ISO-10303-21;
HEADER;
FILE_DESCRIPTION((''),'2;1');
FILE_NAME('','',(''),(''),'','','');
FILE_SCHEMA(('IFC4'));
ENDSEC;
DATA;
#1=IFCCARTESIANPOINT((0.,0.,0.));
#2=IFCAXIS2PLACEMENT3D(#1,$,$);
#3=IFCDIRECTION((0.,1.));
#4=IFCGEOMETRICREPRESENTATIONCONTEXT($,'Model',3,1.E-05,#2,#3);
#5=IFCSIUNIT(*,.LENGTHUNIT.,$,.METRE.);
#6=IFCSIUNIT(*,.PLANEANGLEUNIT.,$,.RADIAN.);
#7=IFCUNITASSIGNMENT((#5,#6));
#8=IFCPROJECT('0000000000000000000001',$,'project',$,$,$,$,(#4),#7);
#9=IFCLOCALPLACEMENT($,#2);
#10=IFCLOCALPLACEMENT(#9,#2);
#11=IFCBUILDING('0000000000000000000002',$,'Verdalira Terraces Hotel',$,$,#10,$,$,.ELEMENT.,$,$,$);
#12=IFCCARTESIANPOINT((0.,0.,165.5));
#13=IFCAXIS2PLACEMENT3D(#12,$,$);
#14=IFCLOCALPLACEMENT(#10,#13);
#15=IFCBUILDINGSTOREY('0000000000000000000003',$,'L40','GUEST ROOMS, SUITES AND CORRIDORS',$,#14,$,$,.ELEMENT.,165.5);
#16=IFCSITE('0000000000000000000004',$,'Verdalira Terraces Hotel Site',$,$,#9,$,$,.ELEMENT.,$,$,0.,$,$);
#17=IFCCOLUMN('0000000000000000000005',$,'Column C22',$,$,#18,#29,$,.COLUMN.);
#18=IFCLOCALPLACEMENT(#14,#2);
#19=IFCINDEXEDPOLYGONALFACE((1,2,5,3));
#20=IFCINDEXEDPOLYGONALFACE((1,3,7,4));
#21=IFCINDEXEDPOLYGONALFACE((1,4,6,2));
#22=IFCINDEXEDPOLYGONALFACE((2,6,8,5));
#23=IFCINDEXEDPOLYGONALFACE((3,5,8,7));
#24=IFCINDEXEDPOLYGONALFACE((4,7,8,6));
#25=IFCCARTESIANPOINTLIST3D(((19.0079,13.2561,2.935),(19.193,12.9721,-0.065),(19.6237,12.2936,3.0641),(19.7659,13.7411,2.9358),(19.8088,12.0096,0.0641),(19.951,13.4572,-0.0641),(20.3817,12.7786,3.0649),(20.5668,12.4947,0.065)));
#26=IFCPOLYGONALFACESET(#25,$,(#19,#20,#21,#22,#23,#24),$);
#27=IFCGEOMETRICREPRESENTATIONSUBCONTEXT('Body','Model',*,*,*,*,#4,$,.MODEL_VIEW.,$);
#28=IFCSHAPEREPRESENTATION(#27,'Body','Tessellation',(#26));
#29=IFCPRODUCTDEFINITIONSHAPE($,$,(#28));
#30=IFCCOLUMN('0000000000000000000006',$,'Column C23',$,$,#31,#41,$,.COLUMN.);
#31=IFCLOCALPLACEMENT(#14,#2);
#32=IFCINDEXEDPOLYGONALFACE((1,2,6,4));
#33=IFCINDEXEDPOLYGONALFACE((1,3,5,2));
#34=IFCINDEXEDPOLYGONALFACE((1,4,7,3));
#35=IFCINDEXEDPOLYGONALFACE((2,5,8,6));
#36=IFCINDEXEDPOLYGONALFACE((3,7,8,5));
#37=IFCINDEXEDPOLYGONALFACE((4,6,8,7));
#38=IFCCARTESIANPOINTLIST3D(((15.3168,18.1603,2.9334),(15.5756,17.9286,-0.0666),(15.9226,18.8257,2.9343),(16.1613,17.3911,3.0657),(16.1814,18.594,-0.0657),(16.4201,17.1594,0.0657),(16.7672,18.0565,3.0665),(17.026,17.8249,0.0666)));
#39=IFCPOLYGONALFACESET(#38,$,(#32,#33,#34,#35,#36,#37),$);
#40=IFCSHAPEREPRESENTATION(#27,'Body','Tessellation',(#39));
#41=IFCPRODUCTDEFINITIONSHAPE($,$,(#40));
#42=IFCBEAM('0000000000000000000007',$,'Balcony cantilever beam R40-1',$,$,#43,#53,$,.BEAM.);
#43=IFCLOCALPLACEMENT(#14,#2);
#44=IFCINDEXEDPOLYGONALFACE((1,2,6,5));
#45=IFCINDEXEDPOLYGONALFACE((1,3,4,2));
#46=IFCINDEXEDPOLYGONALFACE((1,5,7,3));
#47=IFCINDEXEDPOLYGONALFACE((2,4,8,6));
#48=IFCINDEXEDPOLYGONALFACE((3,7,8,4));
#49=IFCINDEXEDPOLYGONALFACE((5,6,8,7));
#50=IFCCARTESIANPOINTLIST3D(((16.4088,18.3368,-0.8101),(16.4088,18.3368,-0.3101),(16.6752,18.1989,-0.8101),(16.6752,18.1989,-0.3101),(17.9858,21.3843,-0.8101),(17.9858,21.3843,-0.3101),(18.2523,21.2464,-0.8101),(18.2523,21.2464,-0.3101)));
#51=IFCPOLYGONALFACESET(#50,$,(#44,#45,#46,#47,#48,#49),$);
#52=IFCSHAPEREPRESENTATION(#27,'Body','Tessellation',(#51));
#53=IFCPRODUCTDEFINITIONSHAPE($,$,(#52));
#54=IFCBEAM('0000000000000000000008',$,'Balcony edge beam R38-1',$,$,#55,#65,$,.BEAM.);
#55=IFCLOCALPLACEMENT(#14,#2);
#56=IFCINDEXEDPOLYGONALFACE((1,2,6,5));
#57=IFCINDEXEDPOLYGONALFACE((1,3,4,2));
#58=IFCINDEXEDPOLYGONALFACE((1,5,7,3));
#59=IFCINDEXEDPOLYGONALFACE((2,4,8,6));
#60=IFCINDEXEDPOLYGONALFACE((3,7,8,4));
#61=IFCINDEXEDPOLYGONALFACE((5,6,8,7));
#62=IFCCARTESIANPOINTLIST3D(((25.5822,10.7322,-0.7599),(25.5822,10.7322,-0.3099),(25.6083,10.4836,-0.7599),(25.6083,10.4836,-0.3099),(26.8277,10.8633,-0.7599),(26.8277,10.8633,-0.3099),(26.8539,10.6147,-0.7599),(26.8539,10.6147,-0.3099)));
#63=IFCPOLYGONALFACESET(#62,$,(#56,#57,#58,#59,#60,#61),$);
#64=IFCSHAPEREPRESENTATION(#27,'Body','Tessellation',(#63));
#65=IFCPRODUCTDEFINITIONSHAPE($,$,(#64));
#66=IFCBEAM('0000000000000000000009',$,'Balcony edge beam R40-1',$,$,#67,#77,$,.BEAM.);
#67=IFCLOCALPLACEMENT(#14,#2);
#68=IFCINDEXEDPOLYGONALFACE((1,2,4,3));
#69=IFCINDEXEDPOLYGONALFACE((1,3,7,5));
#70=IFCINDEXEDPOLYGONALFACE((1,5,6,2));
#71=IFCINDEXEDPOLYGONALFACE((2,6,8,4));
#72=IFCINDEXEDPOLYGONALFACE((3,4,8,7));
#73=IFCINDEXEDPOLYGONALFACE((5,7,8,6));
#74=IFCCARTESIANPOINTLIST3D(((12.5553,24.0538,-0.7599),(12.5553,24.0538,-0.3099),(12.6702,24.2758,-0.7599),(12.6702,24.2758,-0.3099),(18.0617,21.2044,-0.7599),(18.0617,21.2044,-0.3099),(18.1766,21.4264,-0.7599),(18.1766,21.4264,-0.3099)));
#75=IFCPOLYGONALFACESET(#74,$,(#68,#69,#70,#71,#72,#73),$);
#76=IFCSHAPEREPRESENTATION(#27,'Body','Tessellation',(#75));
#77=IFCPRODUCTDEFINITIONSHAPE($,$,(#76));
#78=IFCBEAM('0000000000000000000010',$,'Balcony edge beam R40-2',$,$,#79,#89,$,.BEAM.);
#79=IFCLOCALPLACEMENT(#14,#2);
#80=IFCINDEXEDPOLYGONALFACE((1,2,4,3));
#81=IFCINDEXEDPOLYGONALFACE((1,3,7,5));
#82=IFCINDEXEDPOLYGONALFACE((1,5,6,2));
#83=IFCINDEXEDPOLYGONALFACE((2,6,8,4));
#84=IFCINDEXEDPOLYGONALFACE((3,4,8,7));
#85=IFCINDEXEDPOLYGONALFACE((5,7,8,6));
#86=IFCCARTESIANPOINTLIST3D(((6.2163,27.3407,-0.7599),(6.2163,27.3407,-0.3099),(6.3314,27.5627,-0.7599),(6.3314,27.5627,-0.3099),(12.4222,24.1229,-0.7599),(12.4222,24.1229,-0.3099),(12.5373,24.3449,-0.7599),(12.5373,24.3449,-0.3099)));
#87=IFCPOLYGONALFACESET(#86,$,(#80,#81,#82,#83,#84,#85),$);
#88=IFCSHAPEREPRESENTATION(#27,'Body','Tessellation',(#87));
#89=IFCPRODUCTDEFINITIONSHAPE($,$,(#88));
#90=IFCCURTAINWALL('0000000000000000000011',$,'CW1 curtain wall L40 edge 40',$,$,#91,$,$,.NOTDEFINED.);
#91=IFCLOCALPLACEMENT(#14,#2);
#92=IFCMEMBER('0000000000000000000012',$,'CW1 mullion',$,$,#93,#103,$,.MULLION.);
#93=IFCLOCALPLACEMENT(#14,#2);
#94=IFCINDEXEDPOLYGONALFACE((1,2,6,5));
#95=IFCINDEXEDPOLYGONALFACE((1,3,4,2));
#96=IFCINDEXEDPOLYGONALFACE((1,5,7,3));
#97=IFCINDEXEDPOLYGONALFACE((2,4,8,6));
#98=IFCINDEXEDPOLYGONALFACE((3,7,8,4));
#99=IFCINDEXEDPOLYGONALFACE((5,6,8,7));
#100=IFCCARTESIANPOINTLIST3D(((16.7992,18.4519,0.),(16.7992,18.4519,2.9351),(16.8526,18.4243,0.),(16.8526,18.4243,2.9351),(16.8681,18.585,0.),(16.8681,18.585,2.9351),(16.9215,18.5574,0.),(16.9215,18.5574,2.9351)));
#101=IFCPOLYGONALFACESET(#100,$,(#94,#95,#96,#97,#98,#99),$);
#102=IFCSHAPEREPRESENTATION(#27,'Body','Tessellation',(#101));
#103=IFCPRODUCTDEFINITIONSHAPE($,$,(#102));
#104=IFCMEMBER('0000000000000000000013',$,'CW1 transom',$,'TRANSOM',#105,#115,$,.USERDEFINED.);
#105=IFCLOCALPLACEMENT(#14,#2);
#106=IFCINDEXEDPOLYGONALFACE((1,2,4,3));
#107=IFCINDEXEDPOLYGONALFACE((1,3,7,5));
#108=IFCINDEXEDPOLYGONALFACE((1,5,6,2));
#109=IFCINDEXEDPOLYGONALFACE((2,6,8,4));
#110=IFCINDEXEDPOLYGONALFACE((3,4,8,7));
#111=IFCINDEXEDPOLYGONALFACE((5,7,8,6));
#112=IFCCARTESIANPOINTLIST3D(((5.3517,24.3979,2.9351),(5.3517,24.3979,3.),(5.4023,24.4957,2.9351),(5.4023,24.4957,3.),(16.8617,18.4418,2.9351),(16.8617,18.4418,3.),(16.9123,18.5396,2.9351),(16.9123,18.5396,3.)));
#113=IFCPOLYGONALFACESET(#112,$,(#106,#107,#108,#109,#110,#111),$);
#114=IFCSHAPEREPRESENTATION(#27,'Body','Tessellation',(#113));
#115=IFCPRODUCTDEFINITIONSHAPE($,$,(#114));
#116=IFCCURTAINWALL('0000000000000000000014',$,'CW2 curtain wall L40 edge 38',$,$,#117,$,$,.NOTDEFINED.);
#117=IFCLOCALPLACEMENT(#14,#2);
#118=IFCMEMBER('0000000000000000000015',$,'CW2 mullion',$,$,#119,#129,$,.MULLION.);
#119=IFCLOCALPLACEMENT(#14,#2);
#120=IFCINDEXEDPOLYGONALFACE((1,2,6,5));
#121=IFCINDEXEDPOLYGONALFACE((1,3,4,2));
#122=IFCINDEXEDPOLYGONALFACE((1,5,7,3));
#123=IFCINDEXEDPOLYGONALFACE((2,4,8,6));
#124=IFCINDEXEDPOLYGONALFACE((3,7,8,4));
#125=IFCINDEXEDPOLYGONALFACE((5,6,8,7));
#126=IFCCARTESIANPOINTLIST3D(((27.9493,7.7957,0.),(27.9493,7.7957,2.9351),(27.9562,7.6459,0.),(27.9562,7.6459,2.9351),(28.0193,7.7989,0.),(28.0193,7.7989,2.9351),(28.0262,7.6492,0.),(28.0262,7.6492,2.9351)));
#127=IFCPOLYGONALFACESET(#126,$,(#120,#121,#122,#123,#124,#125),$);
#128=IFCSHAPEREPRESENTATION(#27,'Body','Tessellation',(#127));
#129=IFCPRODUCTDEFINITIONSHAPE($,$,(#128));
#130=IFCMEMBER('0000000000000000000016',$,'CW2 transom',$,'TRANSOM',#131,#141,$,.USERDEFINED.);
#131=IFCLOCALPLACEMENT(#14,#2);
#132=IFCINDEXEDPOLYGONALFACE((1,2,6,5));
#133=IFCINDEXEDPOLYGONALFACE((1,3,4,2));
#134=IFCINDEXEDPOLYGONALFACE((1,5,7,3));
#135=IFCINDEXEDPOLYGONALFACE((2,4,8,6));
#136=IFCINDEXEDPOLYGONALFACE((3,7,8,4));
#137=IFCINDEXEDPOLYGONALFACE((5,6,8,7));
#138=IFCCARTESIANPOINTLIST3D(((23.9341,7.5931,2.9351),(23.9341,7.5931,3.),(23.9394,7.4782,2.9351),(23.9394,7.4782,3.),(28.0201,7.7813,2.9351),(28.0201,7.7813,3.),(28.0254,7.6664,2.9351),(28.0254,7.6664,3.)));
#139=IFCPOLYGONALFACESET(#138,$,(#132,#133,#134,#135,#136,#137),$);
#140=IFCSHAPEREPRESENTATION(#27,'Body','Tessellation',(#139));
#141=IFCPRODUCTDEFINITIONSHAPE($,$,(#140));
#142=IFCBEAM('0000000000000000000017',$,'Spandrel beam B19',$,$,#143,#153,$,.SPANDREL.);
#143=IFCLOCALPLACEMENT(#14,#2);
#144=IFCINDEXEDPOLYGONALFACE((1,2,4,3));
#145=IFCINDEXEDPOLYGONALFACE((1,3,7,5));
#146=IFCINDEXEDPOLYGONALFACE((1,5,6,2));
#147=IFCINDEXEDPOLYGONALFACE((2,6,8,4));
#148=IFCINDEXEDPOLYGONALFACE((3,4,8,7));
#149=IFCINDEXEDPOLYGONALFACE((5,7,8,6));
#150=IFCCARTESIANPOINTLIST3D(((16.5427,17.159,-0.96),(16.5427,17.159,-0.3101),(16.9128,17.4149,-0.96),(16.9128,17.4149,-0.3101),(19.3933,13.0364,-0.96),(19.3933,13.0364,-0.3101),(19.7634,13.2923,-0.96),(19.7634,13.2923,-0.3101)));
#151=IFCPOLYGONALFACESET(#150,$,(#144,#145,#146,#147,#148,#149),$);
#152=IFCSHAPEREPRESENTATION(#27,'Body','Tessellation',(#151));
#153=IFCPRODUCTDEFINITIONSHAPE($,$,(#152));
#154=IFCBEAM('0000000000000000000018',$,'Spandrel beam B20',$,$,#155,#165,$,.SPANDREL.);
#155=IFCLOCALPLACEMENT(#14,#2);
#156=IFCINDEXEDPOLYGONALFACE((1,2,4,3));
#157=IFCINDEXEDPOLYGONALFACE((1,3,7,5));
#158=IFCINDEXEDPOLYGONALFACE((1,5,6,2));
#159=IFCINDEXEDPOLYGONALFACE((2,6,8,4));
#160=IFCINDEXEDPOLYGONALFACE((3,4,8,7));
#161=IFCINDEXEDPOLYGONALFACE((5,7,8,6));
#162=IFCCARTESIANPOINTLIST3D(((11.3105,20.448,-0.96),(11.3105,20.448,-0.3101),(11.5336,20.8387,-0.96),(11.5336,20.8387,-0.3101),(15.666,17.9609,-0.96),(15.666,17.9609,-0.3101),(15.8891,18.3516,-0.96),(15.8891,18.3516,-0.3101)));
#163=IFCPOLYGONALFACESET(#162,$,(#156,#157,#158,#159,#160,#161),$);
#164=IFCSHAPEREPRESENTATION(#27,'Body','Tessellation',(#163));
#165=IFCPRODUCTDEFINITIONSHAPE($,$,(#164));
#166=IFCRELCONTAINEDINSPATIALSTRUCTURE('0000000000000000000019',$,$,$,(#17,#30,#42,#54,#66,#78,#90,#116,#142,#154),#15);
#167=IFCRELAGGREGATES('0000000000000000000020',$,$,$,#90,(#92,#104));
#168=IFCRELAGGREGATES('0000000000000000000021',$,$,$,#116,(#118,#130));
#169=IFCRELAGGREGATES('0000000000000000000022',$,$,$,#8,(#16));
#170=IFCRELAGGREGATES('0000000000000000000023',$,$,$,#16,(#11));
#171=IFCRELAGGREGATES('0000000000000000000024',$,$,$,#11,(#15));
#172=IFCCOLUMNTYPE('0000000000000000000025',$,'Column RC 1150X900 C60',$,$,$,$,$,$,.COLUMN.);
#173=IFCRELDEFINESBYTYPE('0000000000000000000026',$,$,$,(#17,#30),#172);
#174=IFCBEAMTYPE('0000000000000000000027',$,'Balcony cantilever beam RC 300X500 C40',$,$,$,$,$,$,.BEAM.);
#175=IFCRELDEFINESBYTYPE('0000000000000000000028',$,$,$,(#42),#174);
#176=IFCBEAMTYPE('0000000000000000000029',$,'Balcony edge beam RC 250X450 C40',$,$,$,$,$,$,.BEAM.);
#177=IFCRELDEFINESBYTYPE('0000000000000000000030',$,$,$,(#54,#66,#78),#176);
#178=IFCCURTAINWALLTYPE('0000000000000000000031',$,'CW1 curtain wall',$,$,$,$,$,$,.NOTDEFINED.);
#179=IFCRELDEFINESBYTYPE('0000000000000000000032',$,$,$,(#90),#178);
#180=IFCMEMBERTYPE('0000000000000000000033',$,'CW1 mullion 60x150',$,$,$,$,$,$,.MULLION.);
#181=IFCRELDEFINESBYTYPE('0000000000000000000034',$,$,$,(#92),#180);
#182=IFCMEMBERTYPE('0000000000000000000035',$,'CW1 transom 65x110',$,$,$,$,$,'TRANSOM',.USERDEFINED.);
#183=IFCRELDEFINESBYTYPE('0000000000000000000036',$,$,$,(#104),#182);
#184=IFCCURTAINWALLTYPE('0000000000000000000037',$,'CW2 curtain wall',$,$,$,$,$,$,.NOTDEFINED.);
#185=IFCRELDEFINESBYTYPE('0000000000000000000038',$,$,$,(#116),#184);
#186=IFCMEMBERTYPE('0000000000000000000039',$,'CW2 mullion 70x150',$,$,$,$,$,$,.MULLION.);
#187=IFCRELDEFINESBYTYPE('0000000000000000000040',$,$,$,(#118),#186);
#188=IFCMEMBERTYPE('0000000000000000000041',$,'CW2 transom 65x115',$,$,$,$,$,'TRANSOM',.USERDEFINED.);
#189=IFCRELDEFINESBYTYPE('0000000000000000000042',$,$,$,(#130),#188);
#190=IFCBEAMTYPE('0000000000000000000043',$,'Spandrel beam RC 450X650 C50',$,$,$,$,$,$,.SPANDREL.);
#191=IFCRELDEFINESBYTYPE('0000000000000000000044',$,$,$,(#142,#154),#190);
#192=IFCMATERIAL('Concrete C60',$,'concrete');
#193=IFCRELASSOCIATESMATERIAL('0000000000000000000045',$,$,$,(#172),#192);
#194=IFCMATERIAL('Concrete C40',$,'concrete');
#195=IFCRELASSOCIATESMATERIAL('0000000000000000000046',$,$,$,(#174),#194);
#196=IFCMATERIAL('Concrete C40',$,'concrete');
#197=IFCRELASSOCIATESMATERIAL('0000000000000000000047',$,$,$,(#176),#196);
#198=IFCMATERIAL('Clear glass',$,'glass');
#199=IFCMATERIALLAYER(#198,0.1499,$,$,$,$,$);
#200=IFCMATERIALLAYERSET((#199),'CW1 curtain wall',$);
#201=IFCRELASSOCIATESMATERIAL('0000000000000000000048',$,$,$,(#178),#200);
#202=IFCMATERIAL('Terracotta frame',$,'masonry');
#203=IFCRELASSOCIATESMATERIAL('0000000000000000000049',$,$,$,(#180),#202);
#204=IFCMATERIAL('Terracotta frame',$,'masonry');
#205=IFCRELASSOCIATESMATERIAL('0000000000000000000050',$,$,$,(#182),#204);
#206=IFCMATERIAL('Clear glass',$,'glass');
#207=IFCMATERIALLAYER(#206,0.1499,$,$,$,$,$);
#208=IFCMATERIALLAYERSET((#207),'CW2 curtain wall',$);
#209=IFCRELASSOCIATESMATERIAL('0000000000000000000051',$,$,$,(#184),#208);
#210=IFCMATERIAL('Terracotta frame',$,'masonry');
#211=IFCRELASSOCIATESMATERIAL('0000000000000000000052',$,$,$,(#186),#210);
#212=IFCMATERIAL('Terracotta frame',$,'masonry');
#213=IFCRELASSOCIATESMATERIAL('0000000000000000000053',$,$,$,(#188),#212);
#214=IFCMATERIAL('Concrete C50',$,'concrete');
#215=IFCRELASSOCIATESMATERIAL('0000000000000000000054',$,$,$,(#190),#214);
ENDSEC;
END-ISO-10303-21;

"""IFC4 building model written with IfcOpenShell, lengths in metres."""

from ifc_helpers import new_model, si_unit, direction, frame, origin, origin_2d, place, context, subcontext, project, spatial, rectangle, extrude, material, layer, layer_set, material_profile, profile_set, type_object, element, aggregate, save


model = new_model("IFC4")

# Units and contexts
model_context = context("Model", 3, precision=1e-05, world=origin(), true_north=direction((0.0, 1.0)))
body_context = subcontext(model_context, "Body", "Model", "MODEL_VIEW")
ifc_project = project(units=[si_unit("LENGTHUNIT", "METRE"), si_unit("PLANEANGLEUNIT", "RADIAN")], contexts=[model_context])

# Site, building, storey
site_placement = place(None, origin())
site = spatial("IfcSite", under=ifc_project, at=site_placement, Name="Verdalira Terraces Hotel Site", CompositionType="ELEMENT", RefElevation=0.0)
building_placement = place(site_placement, origin())
building = spatial("IfcBuilding", under=site, at=building_placement, Name="Verdalira Terraces Hotel", CompositionType="ELEMENT")
storey_placement = place(building_placement, frame((0.0, 0.0, 165.5)))
storey = spatial("IfcBuildingStorey", under=building, at=storey_placement, Name="L40", Description="GUEST ROOMS, SUITES AND CORRIDORS", CompositionType="ELEMENT", Elevation=165.5)

# Columns
ifc_material_1 = material(Name="Concrete C60", Category="concrete")
ifc_material_profile_1 = material_profile(ifc_material_1, rectangle(XDim=1.1499, YDim=0.8999, at=origin_2d()), Name="RC 1150X900")
ifc_profile_set_1 = profile_set([ifc_material_profile_1], Name="Concrete C60")
column_type = type_object("IfcColumnType", Name="Column RC 1150X900 C60", PredefinedType="COLUMN", material=ifc_profile_set_1)
column_1_placement = place(storey_placement, frame((19.8799, 12.7334, 0.0), z_axis=(-0.061296, 0.094047, 0.993679), x_axis=(-0.535492, 0.837047, -0.112255)))
element("IfcColumn", 1, at=column_1_placement, inside=storey, type_object=column_type, Name="Column C22", PredefinedType="COLUMN", context=body_context, shape_type="SweptSolid", body=[
    extrude(rectangle(XDim=1.1499, YDim=0.8999, at=origin_2d()), origin(), (0.0, 0.0, 1.0), 3.019),
])
column_2_placement = place(storey_placement, frame((16.3008, 17.8767, 0.0), z_axis=(-0.085691, 0.076717, 0.993364), x_axis=(0.734443, -0.668854, 0.115011)))
element("IfcColumn", 2, at=column_2_placement, inside=storey, type_object=column_type, Name="Column C23", PredefinedType="COLUMN", context=body_context, shape_type="SweptSolid", body=[
    extrude(rectangle(XDim=1.1499, YDim=0.8999, at=origin_2d()), origin(), (0.0, 0.0, 1.0), 3.02),
])

# Beams
ifc_material_2 = material(Name="Concrete C40", Category="concrete")
ifc_material_profile_2 = material_profile(ifc_material_2, rectangle(XDim=0.3, YDim=0.5, at=origin_2d()), Name="RC 300X500")
ifc_profile_set_2 = profile_set([ifc_material_profile_2], Name="Concrete C40")
beam_type_1 = type_object("IfcBeamType", Name="Balcony cantilever beam RC 300X500 C40", PredefinedType="BEAM", material=ifc_profile_set_2)
beam_1_placement = place(storey_placement, frame((16.542, 18.2678, -0.5601), z_axis=(0.459607, 0.888123, 0.0), x_axis=(-0.888123, 0.459607, 0.0)))
element("IfcBeam", 3, at=beam_1_placement, inside=storey, type_object=beam_type_1, Name="Balcony cantilever beam R40-1", PredefinedType="BEAM", context=body_context, shape_type="SweptSolid", body=[
    extrude(rectangle(XDim=0.3, YDim=0.5, at=origin_2d()), origin(), (0.0, 0.0, 1.0), 3.4314),
])
ifc_material_3 = material(Name="Concrete C40", Category="concrete")
ifc_material_profile_3 = material_profile(ifc_material_3, rectangle(XDim=0.25, YDim=0.45, at=origin_2d()), Name="RC 250X450")
ifc_profile_set_3 = profile_set([ifc_material_profile_3], Name="Concrete C40")
beam_type_2 = type_object("IfcBeamType", Name="Balcony edge beam RC 250X450 C40", PredefinedType="BEAM", material=ifc_profile_set_3)
beam_2_placement = place(storey_placement, frame((26.8408, 10.739, -0.5349), z_axis=(-0.994507, -0.104675, 0.0), x_axis=(0.104675, -0.994507, 0.0)))
element("IfcBeam", 4, at=beam_2_placement, inside=storey, type_object=beam_type_2, Name="Balcony edge beam R38-1", PredefinedType="BEAM", context=body_context, shape_type="SweptSolid", body=[
    extrude(rectangle(XDim=0.25, YDim=0.45, at=origin_2d()), origin(), (0.0, 0.0, 1.0), 1.2524),
])
beam_3_placement = place(storey_placement, frame((18.1191, 21.3154, -0.5349), z_axis=(-0.888135, 0.459583, 0.0), x_axis=(-0.459583, -0.888135, 0.0)))
element("IfcBeam", 5, at=beam_3_placement, inside=storey, type_object=beam_type_2, Name="Balcony edge beam R40-1", PredefinedType="BEAM", context=body_context, shape_type="SweptSolid", body=[
    extrude(rectangle(XDim=0.25, YDim=0.45, at=origin_2d()), origin(), (0.0, 0.0, 1.0), 6.2),
])
beam_4_placement = place(storey_placement, frame((12.4797, 24.2339, -0.5349), z_axis=(-0.887758, 0.460311, 0.0), x_axis=(-0.460311, -0.887758, 0.0)))
element("IfcBeam", 6, at=beam_4_placement, inside=storey, type_object=beam_type_2, Name="Balcony edge beam R40-2", PredefinedType="BEAM", context=body_context, shape_type="SweptSolid", body=[
    extrude(rectangle(XDim=0.25, YDim=0.45, at=origin_2d()), origin(), (0.0, 0.0, 1.0), 6.9905),
])

# Curtain walls, members
ifc_material_4 = material(Name="Clear glass", Category="glass")
ifc_layer_1 = layer(ifc_material_4, 0.1499)
ifc_layer_set_1 = layer_set([ifc_layer_1], Name="CW1 curtain wall")
curtain_wall_type_1 = type_object("IfcCurtainWallType", Name="CW1 curtain wall", PredefinedType="NOTDEFINED", material=ifc_layer_set_1)
curtain_wall_1_placement = place(storey_placement, origin())
curtain_wall_1 = element("IfcCurtainWall", 7, at=curtain_wall_1_placement, inside=storey, type_object=curtain_wall_type_1, Name="CW1 curtain wall L40 edge 40", PredefinedType="NOTDEFINED")
ifc_material_5 = material(Name="Terracotta frame", Category="masonry")
ifc_material_profile_4 = material_profile(ifc_material_5, rectangle(XDim=0.0601, YDim=0.1499, at=origin_2d()), Name="MU 60x150")
ifc_profile_set_4 = profile_set([ifc_material_profile_4], Name="Terracotta frame")
member_type_1 = type_object("IfcMemberType", Name="CW1 mullion 60x150", PredefinedType="MULLION", material=ifc_profile_set_4)
member_1_placement = place(storey_placement, frame((16.8604, 18.5046, 0.0), z_axis=(0.0, 0.0, 1.0), x_axis=(-0.888136, 0.45958, 0.0)))
member_1 = element("IfcMember", 8, at=member_1_placement, type_object=member_type_1, Name="CW1 mullion", PredefinedType="MULLION", context=body_context, shape_type="SweptSolid", body=[
    extrude(rectangle(XDim=0.0601, YDim=0.1499, at=origin_2d()), origin(), (0.0, 0.0, 1.0), 2.9351),
])
ifc_material_6 = material(Name="Terracotta frame", Category="masonry")
ifc_material_profile_5 = material_profile(ifc_material_6, rectangle(XDim=0.1101, YDim=0.0649, at=origin_2d()), Name="TR 65x110")
ifc_profile_set_5 = profile_set([ifc_material_profile_5], Name="Terracotta frame")
member_type_2 = type_object("IfcMemberType", Name="CW1 transom 65x110", ElementType="TRANSOM", PredefinedType="USERDEFINED", material=ifc_profile_set_5)
member_2_placement = place(storey_placement, frame((16.887, 18.4907, 2.9675), z_axis=(-0.888136, 0.459581, 0.0), x_axis=(-0.459581, -0.888136, 0.0)))
member_2 = element("IfcMember", 9, at=member_2_placement, type_object=member_type_2, Name="CW1 transom", ObjectType="TRANSOM", PredefinedType="USERDEFINED", context=body_context, shape_type="SweptSolid", body=[
    extrude(rectangle(XDim=0.1101, YDim=0.0649, at=origin_2d()), origin(), (0.0, 0.0, 1.0), 12.9597),
])
aggregate(curtain_wall_1, [member_1, member_2])
ifc_material_7 = material(Name="Clear glass", Category="glass")
ifc_layer_2 = layer(ifc_material_7, 0.1499)
ifc_layer_set_2 = layer_set([ifc_layer_2], Name="CW2 curtain wall")
curtain_wall_type_2 = type_object("IfcCurtainWallType", Name="CW2 curtain wall", PredefinedType="NOTDEFINED", material=ifc_layer_set_2)
curtain_wall_2_placement = place(storey_placement, origin())
curtain_wall_2 = element("IfcCurtainWall", 10, at=curtain_wall_2_placement, inside=storey, type_object=curtain_wall_type_2, Name="CW2 curtain wall L40 edge 38", PredefinedType="NOTDEFINED")
ifc_material_8 = material(Name="Terracotta frame", Category="masonry")
ifc_material_profile_6 = material_profile(ifc_material_8, rectangle(XDim=0.0701, YDim=0.1499, at=origin_2d()), Name="MU 70x150")
ifc_profile_set_6 = profile_set([ifc_material_profile_6], Name="Terracotta frame")
member_type_3 = type_object("IfcMemberType", Name="CW2 mullion 70x150", PredefinedType="MULLION", material=ifc_profile_set_6)
member_3_placement = place(storey_placement, frame((27.9878, 7.7224, 0.0), z_axis=(0.0, 0.0, 1.0), x_axis=(-0.998939, -0.04606, 0.0)))
member_3 = element("IfcMember", 11, at=member_3_placement, type_object=member_type_3, Name="CW2 mullion", PredefinedType="MULLION", context=body_context, shape_type="SweptSolid", body=[
    extrude(rectangle(XDim=0.0701, YDim=0.1499, at=origin_2d()), origin(), (0.0, 0.0, 1.0), 2.9351),
])
ifc_material_9 = material(Name="Terracotta frame", Category="masonry")
ifc_material_profile_7 = material_profile(ifc_material_9, rectangle(XDim=0.115, YDim=0.0649, at=origin_2d()), Name="TR 65x115")
ifc_profile_set_7 = profile_set([ifc_material_profile_7], Name="Terracotta frame")
member_type_4 = type_object("IfcMemberType", Name="CW2 transom 65x115", ElementType="TRANSOM", PredefinedType="USERDEFINED", material=ifc_profile_set_7)
member_4_placement = place(storey_placement, frame((28.0227, 7.7239, 2.9675), z_axis=(-0.998941, -0.04602, 0.0), x_axis=(0.04602, -0.998941, 0.0)))
member_4 = element("IfcMember", 12, at=member_4_placement, type_object=member_type_4, Name="CW2 transom", ObjectType="TRANSOM", PredefinedType="USERDEFINED", context=body_context, shape_type="SweptSolid", body=[
    extrude(rectangle(XDim=0.115, YDim=0.0649, at=origin_2d()), origin(), (0.0, 0.0, 1.0), 4.0903),
])
aggregate(curtain_wall_2, [member_3, member_4])

# Beams
ifc_material_10 = material(Name="Concrete C50", Category="concrete")
ifc_material_profile_8 = material_profile(ifc_material_10, rectangle(XDim=0.45, YDim=0.6499, at=origin_2d()), Name="RC 450X650")
ifc_profile_set_8 = profile_set([ifc_material_profile_8], Name="Concrete C50")
beam_type_3 = type_object("IfcBeamType", Name="Spandrel beam RC 450X650 C50", PredefinedType="SPANDREL", material=ifc_profile_set_8)
beam_5_placement = place(storey_placement, frame((19.5784, 13.1643, -0.635), z_axis=(-0.568739, 0.822518, 0.0), x_axis=(-0.822518, -0.568739, 0.0)))
element("IfcBeam", 13, at=beam_5_placement, inside=storey, type_object=beam_type_3, Name="Spandrel beam B19", PredefinedType="SPANDREL", context=body_context, shape_type="SweptSolid", body=[
    extrude(rectangle(XDim=0.45, YDim=0.6499, at=origin_2d()), origin(), (0.0, 0.0, 1.0), 5.0122),
])
beam_6_placement = place(storey_placement, frame((15.7776, 18.1562, -0.635), z_axis=(-0.868396, 0.495872, 0.0), x_axis=(-0.495872, -0.868396, 0.0)))
element("IfcBeam", 14, at=beam_6_placement, inside=storey, type_object=beam_type_3, Name="Spandrel beam B20", PredefinedType="SPANDREL", context=body_context, shape_type="SweptSolid", body=[
    extrude(rectangle(XDim=0.45, YDim=0.6499, at=origin_2d()), origin(), (0.0, 0.0, 1.0), 5.0156),
])

save(model, "model.ifc")
